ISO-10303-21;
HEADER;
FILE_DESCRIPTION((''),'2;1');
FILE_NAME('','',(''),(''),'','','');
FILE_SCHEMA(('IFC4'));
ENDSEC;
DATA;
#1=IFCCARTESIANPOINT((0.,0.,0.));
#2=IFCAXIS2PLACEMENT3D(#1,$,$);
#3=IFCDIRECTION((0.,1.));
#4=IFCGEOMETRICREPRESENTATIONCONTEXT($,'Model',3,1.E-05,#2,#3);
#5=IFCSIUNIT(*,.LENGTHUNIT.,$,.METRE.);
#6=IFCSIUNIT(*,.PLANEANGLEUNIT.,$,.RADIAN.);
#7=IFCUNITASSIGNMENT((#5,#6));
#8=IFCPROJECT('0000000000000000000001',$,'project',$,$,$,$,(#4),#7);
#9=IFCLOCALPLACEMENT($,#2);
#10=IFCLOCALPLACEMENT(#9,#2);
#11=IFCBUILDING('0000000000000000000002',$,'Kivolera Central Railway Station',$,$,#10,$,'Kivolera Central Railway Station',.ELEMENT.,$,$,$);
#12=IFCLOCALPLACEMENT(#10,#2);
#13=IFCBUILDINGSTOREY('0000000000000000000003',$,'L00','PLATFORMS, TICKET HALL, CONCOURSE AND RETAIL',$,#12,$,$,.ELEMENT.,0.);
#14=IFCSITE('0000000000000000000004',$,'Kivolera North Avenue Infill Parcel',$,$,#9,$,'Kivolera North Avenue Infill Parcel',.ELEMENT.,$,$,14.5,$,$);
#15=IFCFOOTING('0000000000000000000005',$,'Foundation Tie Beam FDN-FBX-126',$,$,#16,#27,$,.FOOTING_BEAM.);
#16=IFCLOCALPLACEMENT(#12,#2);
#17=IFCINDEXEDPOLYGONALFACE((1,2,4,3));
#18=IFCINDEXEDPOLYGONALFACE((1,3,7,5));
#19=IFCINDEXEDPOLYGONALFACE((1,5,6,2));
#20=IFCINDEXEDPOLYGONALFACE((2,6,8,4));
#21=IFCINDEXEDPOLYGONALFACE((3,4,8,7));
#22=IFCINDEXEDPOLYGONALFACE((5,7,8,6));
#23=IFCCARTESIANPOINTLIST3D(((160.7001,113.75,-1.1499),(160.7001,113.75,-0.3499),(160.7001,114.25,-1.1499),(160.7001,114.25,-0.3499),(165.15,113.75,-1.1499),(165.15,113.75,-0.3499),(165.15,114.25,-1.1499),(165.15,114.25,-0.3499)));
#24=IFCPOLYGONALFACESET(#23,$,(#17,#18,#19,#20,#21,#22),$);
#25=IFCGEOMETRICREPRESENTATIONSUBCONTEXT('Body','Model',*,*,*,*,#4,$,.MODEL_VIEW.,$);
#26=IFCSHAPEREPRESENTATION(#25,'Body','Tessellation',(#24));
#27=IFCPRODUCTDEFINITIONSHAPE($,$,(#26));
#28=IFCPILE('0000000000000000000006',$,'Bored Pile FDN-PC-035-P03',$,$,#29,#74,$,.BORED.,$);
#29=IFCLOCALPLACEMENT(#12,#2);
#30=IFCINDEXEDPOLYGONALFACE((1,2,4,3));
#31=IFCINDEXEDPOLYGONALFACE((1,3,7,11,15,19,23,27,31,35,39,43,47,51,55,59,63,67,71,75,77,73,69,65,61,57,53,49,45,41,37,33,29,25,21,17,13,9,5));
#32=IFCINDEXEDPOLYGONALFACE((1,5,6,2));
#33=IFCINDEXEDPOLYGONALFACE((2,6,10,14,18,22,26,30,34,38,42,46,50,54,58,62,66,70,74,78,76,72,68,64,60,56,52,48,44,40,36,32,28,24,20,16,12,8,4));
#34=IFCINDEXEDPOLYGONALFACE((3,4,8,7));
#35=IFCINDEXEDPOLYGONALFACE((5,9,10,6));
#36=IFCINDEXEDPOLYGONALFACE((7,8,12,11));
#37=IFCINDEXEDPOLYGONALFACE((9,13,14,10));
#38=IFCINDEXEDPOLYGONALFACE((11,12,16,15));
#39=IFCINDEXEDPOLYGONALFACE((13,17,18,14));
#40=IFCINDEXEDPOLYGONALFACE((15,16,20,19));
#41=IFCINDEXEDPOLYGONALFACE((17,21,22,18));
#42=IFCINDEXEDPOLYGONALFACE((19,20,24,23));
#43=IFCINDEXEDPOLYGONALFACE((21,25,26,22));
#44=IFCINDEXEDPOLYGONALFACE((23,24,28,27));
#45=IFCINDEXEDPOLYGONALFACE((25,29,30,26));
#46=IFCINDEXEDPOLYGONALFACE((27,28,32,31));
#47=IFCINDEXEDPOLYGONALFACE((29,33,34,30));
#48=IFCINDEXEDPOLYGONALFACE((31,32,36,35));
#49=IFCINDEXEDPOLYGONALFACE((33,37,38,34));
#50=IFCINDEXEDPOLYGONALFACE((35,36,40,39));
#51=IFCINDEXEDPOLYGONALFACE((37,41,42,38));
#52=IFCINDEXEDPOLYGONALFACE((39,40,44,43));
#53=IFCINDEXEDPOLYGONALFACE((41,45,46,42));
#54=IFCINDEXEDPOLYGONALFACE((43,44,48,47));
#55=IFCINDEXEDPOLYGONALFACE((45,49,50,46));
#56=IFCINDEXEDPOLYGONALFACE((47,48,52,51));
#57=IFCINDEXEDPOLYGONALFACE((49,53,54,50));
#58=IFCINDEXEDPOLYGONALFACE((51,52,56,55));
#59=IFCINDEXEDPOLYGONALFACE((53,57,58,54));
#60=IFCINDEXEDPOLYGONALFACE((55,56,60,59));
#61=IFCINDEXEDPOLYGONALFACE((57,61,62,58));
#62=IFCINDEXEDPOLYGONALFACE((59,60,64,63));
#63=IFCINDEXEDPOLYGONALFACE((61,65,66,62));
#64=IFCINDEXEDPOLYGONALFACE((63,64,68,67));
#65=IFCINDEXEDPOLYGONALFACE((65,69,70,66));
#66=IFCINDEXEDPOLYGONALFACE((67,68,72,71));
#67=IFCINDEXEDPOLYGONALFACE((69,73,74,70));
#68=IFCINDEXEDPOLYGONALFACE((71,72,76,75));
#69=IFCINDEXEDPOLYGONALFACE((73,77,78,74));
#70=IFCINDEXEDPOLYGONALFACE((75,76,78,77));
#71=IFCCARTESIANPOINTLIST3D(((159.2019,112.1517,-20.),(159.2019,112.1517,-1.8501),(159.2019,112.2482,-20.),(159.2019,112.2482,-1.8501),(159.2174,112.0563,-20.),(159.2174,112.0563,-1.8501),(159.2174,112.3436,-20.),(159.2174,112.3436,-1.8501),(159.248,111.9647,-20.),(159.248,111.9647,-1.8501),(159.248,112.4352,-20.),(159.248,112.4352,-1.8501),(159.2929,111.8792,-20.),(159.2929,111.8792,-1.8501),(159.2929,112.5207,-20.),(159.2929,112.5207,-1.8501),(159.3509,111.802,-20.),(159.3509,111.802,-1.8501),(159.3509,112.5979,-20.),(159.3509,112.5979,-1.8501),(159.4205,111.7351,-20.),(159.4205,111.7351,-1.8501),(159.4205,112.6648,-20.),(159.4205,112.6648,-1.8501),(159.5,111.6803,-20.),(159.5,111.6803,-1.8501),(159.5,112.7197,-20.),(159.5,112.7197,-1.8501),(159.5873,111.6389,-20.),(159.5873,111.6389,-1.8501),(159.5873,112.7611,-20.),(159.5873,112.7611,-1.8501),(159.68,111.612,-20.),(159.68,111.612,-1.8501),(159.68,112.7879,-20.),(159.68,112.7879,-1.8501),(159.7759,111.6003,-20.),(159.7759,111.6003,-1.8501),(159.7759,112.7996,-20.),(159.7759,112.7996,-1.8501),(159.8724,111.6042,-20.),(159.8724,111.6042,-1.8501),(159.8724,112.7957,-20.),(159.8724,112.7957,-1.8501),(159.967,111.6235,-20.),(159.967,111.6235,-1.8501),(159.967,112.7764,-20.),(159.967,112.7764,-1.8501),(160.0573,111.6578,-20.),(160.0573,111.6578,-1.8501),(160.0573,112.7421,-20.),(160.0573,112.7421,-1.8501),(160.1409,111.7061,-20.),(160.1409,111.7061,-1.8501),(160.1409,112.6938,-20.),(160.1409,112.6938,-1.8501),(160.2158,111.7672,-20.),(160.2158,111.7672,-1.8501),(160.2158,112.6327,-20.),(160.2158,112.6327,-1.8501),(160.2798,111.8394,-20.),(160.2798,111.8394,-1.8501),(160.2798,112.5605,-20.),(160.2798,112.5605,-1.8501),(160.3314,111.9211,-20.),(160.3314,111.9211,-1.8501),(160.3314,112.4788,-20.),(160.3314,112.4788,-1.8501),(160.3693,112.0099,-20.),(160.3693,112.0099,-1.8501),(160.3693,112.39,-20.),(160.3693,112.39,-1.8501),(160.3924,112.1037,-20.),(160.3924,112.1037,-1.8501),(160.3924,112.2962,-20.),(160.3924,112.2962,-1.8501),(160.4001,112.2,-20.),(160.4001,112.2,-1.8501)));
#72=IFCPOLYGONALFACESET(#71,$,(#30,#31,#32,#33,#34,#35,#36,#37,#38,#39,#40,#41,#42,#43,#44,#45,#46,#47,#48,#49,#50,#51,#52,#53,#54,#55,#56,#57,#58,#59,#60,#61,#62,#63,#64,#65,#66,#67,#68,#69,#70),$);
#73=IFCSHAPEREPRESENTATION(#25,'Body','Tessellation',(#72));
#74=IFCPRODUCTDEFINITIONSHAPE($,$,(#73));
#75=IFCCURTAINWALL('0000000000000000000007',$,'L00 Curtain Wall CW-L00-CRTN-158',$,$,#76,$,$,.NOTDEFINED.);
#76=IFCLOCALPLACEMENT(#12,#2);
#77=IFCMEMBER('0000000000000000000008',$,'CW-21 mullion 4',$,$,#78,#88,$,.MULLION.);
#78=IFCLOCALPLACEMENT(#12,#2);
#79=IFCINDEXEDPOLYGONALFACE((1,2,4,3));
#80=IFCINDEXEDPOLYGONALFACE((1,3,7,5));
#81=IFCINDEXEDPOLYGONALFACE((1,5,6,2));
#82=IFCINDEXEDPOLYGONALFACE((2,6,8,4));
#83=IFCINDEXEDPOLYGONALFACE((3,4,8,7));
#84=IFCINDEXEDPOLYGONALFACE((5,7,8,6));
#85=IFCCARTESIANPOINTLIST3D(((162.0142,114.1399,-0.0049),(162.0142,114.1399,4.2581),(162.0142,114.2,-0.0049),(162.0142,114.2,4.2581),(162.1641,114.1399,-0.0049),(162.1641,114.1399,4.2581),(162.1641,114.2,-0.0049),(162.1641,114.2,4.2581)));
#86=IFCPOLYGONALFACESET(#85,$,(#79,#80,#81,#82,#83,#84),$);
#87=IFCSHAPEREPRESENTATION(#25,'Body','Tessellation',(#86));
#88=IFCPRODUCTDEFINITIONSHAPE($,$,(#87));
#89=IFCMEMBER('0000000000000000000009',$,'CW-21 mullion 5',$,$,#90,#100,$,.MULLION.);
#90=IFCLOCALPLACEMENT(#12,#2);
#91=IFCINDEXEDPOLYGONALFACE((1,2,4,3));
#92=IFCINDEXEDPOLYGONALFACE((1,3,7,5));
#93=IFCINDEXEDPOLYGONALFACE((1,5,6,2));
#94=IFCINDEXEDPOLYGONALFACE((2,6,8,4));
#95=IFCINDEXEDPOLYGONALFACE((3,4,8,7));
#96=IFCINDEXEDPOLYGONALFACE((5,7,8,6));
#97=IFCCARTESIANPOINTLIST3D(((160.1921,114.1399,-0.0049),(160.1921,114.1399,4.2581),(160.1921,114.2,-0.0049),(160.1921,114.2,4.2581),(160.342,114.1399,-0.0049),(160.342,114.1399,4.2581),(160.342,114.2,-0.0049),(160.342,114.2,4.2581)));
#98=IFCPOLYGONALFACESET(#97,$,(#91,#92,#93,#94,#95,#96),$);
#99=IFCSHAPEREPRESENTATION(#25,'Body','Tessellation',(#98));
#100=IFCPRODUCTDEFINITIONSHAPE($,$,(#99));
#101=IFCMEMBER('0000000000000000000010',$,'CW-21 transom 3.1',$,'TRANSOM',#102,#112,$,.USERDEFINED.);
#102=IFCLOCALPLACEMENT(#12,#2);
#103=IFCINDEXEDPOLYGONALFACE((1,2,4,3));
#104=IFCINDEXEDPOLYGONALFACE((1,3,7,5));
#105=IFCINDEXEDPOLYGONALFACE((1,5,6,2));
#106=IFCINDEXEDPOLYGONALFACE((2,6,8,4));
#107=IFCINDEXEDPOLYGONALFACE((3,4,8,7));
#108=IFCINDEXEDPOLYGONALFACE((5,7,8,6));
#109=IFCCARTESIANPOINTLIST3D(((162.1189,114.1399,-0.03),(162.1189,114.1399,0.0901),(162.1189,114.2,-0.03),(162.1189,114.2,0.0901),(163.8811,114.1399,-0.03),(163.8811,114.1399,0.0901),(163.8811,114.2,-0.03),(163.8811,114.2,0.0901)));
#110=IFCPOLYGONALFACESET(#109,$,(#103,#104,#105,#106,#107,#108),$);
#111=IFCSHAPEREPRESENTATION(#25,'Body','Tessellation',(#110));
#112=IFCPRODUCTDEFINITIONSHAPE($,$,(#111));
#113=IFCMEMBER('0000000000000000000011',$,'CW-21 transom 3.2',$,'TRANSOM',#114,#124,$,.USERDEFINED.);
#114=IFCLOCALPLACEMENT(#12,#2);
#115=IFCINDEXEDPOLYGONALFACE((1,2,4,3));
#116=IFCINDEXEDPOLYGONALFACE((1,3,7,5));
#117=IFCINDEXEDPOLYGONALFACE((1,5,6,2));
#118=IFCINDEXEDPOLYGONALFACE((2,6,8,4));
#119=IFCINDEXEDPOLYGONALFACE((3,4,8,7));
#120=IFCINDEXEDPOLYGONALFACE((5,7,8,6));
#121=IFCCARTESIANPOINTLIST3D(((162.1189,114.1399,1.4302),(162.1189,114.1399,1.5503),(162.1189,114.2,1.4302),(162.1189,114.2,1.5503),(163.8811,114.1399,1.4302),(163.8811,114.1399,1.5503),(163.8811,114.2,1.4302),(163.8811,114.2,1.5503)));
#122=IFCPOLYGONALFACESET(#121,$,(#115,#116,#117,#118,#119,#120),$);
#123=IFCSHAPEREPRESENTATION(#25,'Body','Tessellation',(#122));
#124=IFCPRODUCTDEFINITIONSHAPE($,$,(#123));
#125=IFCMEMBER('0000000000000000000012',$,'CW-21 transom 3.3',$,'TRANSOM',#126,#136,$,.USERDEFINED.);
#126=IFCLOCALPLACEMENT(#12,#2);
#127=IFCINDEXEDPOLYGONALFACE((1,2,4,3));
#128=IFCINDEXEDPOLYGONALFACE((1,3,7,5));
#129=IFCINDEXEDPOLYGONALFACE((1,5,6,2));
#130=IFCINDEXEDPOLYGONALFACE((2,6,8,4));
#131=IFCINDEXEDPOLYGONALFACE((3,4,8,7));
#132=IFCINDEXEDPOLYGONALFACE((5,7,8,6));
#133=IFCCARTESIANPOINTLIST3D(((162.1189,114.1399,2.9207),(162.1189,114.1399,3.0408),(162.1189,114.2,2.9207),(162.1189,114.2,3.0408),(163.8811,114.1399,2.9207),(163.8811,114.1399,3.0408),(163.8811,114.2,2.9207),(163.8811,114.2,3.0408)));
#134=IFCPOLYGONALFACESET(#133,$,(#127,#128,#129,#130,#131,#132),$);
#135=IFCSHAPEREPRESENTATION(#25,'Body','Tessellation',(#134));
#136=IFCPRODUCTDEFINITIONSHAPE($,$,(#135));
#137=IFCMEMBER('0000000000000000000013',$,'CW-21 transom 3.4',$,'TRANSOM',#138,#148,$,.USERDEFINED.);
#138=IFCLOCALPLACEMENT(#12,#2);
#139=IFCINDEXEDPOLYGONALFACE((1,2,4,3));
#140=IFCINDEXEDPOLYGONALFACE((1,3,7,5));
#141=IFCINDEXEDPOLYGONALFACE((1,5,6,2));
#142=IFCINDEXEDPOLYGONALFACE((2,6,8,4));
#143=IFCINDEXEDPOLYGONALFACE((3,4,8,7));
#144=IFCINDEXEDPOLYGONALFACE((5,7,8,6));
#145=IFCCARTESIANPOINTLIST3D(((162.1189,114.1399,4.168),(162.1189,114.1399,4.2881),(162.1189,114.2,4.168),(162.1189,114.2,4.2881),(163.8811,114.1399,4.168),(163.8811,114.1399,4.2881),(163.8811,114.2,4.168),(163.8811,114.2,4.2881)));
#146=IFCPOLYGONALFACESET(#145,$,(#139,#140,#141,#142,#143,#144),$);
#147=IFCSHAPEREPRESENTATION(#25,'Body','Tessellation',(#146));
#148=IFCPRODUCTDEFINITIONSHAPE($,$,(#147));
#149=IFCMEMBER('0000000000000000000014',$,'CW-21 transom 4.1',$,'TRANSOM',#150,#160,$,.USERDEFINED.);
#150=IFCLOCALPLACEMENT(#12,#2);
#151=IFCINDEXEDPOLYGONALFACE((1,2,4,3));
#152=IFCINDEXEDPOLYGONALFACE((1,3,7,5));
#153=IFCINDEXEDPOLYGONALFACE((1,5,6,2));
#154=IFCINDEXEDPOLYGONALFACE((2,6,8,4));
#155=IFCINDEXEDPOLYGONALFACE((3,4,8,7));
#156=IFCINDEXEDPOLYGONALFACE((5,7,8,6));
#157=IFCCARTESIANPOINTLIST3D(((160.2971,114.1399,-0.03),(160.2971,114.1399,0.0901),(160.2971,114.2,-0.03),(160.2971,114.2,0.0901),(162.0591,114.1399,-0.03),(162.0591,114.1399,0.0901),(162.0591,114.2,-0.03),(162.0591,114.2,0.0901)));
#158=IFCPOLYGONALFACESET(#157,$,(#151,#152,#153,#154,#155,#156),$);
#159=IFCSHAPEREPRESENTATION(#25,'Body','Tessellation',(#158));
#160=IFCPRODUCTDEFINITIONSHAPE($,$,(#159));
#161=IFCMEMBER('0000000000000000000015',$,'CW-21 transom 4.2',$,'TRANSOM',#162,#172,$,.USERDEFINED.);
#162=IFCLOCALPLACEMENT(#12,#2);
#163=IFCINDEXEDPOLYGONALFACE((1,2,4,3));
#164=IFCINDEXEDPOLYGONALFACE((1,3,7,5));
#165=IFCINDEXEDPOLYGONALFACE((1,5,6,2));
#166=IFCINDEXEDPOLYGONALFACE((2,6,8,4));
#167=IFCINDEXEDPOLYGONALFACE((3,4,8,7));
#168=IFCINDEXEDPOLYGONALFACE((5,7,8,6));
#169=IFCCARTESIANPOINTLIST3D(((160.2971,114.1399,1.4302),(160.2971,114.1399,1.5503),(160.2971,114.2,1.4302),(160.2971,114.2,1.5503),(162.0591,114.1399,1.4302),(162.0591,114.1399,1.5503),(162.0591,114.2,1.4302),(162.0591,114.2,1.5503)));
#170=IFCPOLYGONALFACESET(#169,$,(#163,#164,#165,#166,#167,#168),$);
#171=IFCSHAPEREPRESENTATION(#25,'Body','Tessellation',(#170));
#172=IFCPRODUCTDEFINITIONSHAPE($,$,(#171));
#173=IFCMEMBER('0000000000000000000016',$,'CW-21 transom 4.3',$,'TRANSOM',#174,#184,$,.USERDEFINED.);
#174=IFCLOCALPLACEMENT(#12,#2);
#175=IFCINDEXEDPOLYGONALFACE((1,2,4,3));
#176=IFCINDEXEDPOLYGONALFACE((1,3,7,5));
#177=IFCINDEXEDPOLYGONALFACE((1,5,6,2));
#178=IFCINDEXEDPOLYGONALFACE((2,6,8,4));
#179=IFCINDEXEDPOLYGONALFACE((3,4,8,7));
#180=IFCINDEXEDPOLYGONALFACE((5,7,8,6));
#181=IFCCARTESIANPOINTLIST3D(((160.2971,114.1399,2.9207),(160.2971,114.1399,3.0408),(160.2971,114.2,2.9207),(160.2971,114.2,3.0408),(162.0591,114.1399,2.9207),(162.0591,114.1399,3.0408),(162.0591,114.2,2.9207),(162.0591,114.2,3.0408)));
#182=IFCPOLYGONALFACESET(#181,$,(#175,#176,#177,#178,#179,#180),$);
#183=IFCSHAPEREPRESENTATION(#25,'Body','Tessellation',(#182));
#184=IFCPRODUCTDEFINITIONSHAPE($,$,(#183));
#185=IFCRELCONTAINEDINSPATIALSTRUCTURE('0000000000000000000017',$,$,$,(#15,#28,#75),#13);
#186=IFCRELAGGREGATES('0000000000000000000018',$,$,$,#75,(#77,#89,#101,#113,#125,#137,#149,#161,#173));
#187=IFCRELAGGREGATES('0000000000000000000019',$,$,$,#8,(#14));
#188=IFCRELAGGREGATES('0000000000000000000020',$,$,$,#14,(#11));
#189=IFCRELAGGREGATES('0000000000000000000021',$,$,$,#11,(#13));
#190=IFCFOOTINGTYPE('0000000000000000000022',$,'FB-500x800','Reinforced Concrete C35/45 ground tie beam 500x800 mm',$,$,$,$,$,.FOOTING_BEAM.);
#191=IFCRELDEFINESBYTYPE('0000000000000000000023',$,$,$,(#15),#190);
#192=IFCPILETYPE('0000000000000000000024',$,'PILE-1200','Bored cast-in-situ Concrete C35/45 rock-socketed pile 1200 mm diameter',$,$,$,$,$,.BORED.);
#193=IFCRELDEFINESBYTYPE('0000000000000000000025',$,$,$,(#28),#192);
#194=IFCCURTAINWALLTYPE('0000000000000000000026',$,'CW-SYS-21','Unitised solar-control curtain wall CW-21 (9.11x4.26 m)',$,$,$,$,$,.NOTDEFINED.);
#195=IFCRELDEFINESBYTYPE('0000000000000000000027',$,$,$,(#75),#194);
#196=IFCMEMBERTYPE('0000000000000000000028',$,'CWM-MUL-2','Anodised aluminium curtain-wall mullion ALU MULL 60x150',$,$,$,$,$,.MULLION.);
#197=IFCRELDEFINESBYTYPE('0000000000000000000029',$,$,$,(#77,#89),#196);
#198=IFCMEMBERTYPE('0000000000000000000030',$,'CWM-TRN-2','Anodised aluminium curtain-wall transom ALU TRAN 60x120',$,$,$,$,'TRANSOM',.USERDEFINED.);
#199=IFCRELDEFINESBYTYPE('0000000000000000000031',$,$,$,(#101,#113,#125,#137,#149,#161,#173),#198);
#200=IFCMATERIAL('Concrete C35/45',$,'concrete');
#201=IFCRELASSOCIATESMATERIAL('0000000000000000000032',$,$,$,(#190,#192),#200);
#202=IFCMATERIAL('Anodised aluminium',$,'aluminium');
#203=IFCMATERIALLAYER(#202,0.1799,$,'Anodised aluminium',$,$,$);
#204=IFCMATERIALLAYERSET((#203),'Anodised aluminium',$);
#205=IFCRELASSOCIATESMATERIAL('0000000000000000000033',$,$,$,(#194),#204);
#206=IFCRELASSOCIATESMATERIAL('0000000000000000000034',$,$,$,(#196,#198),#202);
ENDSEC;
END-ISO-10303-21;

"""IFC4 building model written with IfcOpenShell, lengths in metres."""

from ifc_helpers import new_model, si_unit, direction, frame, origin, origin_2d, place, context, subcontext, project, spatial, rectangle, circle, extrude, material, layer, layer_set, material_profile, profile_set, type_object, element, aggregate, save


model = new_model("IFC4")

# Units and contexts
model_context = context("Model", 3, precision=1e-05, world=origin(), true_north=direction((0.0, 1.0)))
body_context = subcontext(model_context, "Body", "Model", "MODEL_VIEW")
ifc_project = project(units=[si_unit("LENGTHUNIT", "METRE"), si_unit("PLANEANGLEUNIT", "RADIAN")], contexts=[model_context])

# Site, building, storey
site_placement = place(None, origin())
site = spatial("IfcSite", under=ifc_project, at=site_placement, Name="Kivolera North Avenue Infill Parcel", LongName="Kivolera North Avenue Infill Parcel", CompositionType="ELEMENT", RefElevation=14.5)
building_placement = place(site_placement, origin())
building = spatial("IfcBuilding", under=site, at=building_placement, Name="Kivolera Central Railway Station", LongName="Kivolera Central Railway Station", CompositionType="ELEMENT")
storey_placement = place(building_placement, origin())
storey = spatial("IfcBuildingStorey", under=building, at=storey_placement, Name="L00", Description="PLATFORMS, TICKET HALL, CONCOURSE AND RETAIL", CompositionType="ELEMENT", Elevation=0.0)

# Footing
ifc_material_1 = material(Name="Concrete C35/45", Category="concrete")
footing_type = type_object("IfcFootingType", Name="FB-500x800", Description="Reinforced Concrete C35/45 ground tie beam 500x800 mm", PredefinedType="FOOTING_BEAM", material=ifc_material_1)
footing_placement = place(storey_placement, frame((162.925, 114.0, -1.1499), z_axis=(0.0, 0.0, 1.0), x_axis=(1.0, 0.0, 0.0)))
element("IfcFooting", 1, at=footing_placement, inside=storey, type_object=footing_type, Name="Foundation Tie Beam FDN-FBX-126", PredefinedType="FOOTING_BEAM", context=body_context, shape_type="SweptSolid", body=[
    extrude(rectangle(XDim=4.45, YDim=0.5, at=origin_2d()), origin(), (0.0, 0.0, 1.0), 0.8),
])

# Pile
ifc_material_profile_1 = material_profile(ifc_material_1, circle(Radius=0.6001, at=origin_2d()), Name="PILE D1200")
ifc_profile_set_1 = profile_set([ifc_material_profile_1], Name="Concrete C35/45")
pile_type = type_object("IfcPileType", Name="PILE-1200", Description="Bored cast-in-situ Concrete C35/45 rock-socketed pile 1200 mm diameter", PredefinedType="BORED", material=ifc_profile_set_1)
pile_placement = place(storey_placement, frame((159.8, 112.2, -1.8501), z_axis=(0.0, 0.0, -1.0), x_axis=(1.0, 0.0, 0.0)))
element("IfcPile", 2, at=pile_placement, inside=storey, type_object=pile_type, Name="Bored Pile FDN-PC-035-P03", PredefinedType="BORED", context=body_context, shape_type="SweptSolid", body=[
    extrude(circle(Radius=0.6001, at=origin_2d()), origin(), (0.0, 0.0, 1.0), 18.1499),
])

# Curtain wall, members
ifc_material_2 = material(Name="Anodised aluminium", Category="aluminium")
ifc_layer_1 = layer(ifc_material_2, 0.1799, Name="Anodised aluminium")
ifc_layer_set_1 = layer_set([ifc_layer_1], Name="Anodised aluminium")
curtain_wall_type = type_object("IfcCurtainWallType", Name="CW-SYS-21", Description="Unitised solar-control curtain wall CW-21 (9.11x4.26 m)", PredefinedType="NOTDEFINED", material=ifc_layer_set_1)
curtain_wall_placement = place(storey_placement, origin())
curtain_wall = element("IfcCurtainWall", 3, at=curtain_wall_placement, inside=storey, type_object=curtain_wall_type, Name="L00 Curtain Wall CW-L00-CRTN-158", PredefinedType="NOTDEFINED")
ifc_material_profile_2 = material_profile(ifc_material_2, rectangle(XDim=0.0601, YDim=0.1499, at=origin_2d()), Name="ALU MULL 60x150")
ifc_profile_set_2 = profile_set([ifc_material_profile_2], Name="Anodised aluminium")
member_type_1 = type_object("IfcMemberType", Name="CWM-MUL-2", Description="Anodised aluminium curtain-wall mullion ALU MULL 60x150", PredefinedType="MULLION", material=ifc_profile_set_2)
member_1_placement = place(storey_placement, frame((162.0891, 114.1699, -0.0049), z_axis=(0.0, 0.0, 1.0), x_axis=(0.0, -1.0, 0.0)))
member_1 = element("IfcMember", 4, at=member_1_placement, type_object=member_type_1, Name="CW-21 mullion 4", PredefinedType="MULLION", context=body_context, shape_type="SweptSolid", body=[
    extrude(rectangle(XDim=0.0601, YDim=0.1499, at=origin_2d()), origin(), (0.0, 0.0, 1.0), 4.2629),
])
member_2_placement = place(storey_placement, frame((160.2671, 114.1699, -0.0049), z_axis=(0.0, 0.0, 1.0), x_axis=(0.0, -1.0, 0.0)))
member_2 = element("IfcMember", 5, at=member_2_placement, type_object=member_type_1, Name="CW-21 mullion 5", PredefinedType="MULLION", context=body_context, shape_type="SweptSolid", body=[
    extrude(rectangle(XDim=0.0601, YDim=0.1499, at=origin_2d()), origin(), (0.0, 0.0, 1.0), 4.2629),
])
ifc_material_profile_3 = material_profile(ifc_material_2, rectangle(XDim=0.0601, YDim=0.1201, at=origin_2d()), Name="ALU TRAN 60x120")
ifc_profile_set_3 = profile_set([ifc_material_profile_3], Name="Anodised aluminium")
member_type_2 = type_object("IfcMemberType", Name="CWM-TRN-2", Description="Anodised aluminium curtain-wall transom ALU TRAN 60x120", ElementType="TRANSOM", PredefinedType="USERDEFINED", material=ifc_profile_set_3)
member_3_placement = place(storey_placement, frame((163.8811, 114.1699, 0.03), z_axis=(-1.0, 0.0, 0.0), x_axis=(0.0, -1.0, 0.0)))
member_3 = element("IfcMember", 6, at=member_3_placement, type_object=member_type_2, Name="CW-21 transom 3.1", ObjectType="TRANSOM", PredefinedType="USERDEFINED", context=body_context, shape_type="SweptSolid", body=[
    extrude(rectangle(XDim=0.0601, YDim=0.1201, at=origin_2d()), origin(), (0.0, 0.0, 1.0), 1.7622),
])
member_4_placement = place(storey_placement, frame((163.8811, 114.1699, 1.4902), z_axis=(-1.0, 0.0, 0.0), x_axis=(0.0, -1.0, 0.0)))
member_4 = element("IfcMember", 7, at=member_4_placement, type_object=member_type_2, Name="CW-21 transom 3.2", ObjectType="TRANSOM", PredefinedType="USERDEFINED", context=body_context, shape_type="SweptSolid", body=[
    extrude(rectangle(XDim=0.0601, YDim=0.1201, at=origin_2d()), origin(), (0.0, 0.0, 1.0), 1.7622),
])
member_5_placement = place(storey_placement, frame((163.8811, 114.1699, 2.9807), z_axis=(-1.0, 0.0, 0.0), x_axis=(0.0, -1.0, 0.0)))
member_5 = element("IfcMember", 8, at=member_5_placement, type_object=member_type_2, Name="CW-21 transom 3.3", ObjectType="TRANSOM", PredefinedType="USERDEFINED", context=body_context, shape_type="SweptSolid", body=[
    extrude(rectangle(XDim=0.0601, YDim=0.1201, at=origin_2d()), origin(), (0.0, 0.0, 1.0), 1.7622),
])
member_6_placement = place(storey_placement, frame((163.8811, 114.1699, 4.228), z_axis=(-1.0, 0.0, 0.0), x_axis=(0.0, -1.0, 0.0)))
member_6 = element("IfcMember", 9, at=member_6_placement, type_object=member_type_2, Name="CW-21 transom 3.4", ObjectType="TRANSOM", PredefinedType="USERDEFINED", context=body_context, shape_type="SweptSolid", body=[
    extrude(rectangle(XDim=0.0601, YDim=0.1201, at=origin_2d()), origin(), (0.0, 0.0, 1.0), 1.7622),
])
member_7_placement = place(storey_placement, frame((162.0591, 114.1699, 0.03), z_axis=(-1.0, 0.0, 0.0), x_axis=(0.0, -1.0, 0.0)))
member_7 = element("IfcMember", 10, at=member_7_placement, type_object=member_type_2, Name="CW-21 transom 4.1", ObjectType="TRANSOM", PredefinedType="USERDEFINED", context=body_context, shape_type="SweptSolid", body=[
    extrude(rectangle(XDim=0.0601, YDim=0.1201, at=origin_2d()), origin(), (0.0, 0.0, 1.0), 1.762),
])
member_8_placement = place(storey_placement, frame((162.0591, 114.1699, 1.4902), z_axis=(-1.0, 0.0, 0.0), x_axis=(0.0, -1.0, 0.0)))
member_8 = element("IfcMember", 11, at=member_8_placement, type_object=member_type_2, Name="CW-21 transom 4.2", ObjectType="TRANSOM", PredefinedType="USERDEFINED", context=body_context, shape_type="SweptSolid", body=[
    extrude(rectangle(XDim=0.0601, YDim=0.1201, at=origin_2d()), origin(), (0.0, 0.0, 1.0), 1.762),
])
member_9_placement = place(storey_placement, frame((162.0591, 114.1699, 2.9807), z_axis=(-1.0, 0.0, 0.0), x_axis=(0.0, -1.0, 0.0)))
member_9 = element("IfcMember", 12, at=member_9_placement, type_object=member_type_2, Name="CW-21 transom 4.3", ObjectType="TRANSOM", PredefinedType="USERDEFINED", context=body_context, shape_type="SweptSolid", body=[
    extrude(rectangle(XDim=0.0601, YDim=0.1201, at=origin_2d()), origin(), (0.0, 0.0, 1.0), 1.762),
])
aggregate(curtain_wall, [member_1, member_2, member_3, member_4, member_5, member_6, member_7, member_8, member_9])

save(model, "model.ifc")
